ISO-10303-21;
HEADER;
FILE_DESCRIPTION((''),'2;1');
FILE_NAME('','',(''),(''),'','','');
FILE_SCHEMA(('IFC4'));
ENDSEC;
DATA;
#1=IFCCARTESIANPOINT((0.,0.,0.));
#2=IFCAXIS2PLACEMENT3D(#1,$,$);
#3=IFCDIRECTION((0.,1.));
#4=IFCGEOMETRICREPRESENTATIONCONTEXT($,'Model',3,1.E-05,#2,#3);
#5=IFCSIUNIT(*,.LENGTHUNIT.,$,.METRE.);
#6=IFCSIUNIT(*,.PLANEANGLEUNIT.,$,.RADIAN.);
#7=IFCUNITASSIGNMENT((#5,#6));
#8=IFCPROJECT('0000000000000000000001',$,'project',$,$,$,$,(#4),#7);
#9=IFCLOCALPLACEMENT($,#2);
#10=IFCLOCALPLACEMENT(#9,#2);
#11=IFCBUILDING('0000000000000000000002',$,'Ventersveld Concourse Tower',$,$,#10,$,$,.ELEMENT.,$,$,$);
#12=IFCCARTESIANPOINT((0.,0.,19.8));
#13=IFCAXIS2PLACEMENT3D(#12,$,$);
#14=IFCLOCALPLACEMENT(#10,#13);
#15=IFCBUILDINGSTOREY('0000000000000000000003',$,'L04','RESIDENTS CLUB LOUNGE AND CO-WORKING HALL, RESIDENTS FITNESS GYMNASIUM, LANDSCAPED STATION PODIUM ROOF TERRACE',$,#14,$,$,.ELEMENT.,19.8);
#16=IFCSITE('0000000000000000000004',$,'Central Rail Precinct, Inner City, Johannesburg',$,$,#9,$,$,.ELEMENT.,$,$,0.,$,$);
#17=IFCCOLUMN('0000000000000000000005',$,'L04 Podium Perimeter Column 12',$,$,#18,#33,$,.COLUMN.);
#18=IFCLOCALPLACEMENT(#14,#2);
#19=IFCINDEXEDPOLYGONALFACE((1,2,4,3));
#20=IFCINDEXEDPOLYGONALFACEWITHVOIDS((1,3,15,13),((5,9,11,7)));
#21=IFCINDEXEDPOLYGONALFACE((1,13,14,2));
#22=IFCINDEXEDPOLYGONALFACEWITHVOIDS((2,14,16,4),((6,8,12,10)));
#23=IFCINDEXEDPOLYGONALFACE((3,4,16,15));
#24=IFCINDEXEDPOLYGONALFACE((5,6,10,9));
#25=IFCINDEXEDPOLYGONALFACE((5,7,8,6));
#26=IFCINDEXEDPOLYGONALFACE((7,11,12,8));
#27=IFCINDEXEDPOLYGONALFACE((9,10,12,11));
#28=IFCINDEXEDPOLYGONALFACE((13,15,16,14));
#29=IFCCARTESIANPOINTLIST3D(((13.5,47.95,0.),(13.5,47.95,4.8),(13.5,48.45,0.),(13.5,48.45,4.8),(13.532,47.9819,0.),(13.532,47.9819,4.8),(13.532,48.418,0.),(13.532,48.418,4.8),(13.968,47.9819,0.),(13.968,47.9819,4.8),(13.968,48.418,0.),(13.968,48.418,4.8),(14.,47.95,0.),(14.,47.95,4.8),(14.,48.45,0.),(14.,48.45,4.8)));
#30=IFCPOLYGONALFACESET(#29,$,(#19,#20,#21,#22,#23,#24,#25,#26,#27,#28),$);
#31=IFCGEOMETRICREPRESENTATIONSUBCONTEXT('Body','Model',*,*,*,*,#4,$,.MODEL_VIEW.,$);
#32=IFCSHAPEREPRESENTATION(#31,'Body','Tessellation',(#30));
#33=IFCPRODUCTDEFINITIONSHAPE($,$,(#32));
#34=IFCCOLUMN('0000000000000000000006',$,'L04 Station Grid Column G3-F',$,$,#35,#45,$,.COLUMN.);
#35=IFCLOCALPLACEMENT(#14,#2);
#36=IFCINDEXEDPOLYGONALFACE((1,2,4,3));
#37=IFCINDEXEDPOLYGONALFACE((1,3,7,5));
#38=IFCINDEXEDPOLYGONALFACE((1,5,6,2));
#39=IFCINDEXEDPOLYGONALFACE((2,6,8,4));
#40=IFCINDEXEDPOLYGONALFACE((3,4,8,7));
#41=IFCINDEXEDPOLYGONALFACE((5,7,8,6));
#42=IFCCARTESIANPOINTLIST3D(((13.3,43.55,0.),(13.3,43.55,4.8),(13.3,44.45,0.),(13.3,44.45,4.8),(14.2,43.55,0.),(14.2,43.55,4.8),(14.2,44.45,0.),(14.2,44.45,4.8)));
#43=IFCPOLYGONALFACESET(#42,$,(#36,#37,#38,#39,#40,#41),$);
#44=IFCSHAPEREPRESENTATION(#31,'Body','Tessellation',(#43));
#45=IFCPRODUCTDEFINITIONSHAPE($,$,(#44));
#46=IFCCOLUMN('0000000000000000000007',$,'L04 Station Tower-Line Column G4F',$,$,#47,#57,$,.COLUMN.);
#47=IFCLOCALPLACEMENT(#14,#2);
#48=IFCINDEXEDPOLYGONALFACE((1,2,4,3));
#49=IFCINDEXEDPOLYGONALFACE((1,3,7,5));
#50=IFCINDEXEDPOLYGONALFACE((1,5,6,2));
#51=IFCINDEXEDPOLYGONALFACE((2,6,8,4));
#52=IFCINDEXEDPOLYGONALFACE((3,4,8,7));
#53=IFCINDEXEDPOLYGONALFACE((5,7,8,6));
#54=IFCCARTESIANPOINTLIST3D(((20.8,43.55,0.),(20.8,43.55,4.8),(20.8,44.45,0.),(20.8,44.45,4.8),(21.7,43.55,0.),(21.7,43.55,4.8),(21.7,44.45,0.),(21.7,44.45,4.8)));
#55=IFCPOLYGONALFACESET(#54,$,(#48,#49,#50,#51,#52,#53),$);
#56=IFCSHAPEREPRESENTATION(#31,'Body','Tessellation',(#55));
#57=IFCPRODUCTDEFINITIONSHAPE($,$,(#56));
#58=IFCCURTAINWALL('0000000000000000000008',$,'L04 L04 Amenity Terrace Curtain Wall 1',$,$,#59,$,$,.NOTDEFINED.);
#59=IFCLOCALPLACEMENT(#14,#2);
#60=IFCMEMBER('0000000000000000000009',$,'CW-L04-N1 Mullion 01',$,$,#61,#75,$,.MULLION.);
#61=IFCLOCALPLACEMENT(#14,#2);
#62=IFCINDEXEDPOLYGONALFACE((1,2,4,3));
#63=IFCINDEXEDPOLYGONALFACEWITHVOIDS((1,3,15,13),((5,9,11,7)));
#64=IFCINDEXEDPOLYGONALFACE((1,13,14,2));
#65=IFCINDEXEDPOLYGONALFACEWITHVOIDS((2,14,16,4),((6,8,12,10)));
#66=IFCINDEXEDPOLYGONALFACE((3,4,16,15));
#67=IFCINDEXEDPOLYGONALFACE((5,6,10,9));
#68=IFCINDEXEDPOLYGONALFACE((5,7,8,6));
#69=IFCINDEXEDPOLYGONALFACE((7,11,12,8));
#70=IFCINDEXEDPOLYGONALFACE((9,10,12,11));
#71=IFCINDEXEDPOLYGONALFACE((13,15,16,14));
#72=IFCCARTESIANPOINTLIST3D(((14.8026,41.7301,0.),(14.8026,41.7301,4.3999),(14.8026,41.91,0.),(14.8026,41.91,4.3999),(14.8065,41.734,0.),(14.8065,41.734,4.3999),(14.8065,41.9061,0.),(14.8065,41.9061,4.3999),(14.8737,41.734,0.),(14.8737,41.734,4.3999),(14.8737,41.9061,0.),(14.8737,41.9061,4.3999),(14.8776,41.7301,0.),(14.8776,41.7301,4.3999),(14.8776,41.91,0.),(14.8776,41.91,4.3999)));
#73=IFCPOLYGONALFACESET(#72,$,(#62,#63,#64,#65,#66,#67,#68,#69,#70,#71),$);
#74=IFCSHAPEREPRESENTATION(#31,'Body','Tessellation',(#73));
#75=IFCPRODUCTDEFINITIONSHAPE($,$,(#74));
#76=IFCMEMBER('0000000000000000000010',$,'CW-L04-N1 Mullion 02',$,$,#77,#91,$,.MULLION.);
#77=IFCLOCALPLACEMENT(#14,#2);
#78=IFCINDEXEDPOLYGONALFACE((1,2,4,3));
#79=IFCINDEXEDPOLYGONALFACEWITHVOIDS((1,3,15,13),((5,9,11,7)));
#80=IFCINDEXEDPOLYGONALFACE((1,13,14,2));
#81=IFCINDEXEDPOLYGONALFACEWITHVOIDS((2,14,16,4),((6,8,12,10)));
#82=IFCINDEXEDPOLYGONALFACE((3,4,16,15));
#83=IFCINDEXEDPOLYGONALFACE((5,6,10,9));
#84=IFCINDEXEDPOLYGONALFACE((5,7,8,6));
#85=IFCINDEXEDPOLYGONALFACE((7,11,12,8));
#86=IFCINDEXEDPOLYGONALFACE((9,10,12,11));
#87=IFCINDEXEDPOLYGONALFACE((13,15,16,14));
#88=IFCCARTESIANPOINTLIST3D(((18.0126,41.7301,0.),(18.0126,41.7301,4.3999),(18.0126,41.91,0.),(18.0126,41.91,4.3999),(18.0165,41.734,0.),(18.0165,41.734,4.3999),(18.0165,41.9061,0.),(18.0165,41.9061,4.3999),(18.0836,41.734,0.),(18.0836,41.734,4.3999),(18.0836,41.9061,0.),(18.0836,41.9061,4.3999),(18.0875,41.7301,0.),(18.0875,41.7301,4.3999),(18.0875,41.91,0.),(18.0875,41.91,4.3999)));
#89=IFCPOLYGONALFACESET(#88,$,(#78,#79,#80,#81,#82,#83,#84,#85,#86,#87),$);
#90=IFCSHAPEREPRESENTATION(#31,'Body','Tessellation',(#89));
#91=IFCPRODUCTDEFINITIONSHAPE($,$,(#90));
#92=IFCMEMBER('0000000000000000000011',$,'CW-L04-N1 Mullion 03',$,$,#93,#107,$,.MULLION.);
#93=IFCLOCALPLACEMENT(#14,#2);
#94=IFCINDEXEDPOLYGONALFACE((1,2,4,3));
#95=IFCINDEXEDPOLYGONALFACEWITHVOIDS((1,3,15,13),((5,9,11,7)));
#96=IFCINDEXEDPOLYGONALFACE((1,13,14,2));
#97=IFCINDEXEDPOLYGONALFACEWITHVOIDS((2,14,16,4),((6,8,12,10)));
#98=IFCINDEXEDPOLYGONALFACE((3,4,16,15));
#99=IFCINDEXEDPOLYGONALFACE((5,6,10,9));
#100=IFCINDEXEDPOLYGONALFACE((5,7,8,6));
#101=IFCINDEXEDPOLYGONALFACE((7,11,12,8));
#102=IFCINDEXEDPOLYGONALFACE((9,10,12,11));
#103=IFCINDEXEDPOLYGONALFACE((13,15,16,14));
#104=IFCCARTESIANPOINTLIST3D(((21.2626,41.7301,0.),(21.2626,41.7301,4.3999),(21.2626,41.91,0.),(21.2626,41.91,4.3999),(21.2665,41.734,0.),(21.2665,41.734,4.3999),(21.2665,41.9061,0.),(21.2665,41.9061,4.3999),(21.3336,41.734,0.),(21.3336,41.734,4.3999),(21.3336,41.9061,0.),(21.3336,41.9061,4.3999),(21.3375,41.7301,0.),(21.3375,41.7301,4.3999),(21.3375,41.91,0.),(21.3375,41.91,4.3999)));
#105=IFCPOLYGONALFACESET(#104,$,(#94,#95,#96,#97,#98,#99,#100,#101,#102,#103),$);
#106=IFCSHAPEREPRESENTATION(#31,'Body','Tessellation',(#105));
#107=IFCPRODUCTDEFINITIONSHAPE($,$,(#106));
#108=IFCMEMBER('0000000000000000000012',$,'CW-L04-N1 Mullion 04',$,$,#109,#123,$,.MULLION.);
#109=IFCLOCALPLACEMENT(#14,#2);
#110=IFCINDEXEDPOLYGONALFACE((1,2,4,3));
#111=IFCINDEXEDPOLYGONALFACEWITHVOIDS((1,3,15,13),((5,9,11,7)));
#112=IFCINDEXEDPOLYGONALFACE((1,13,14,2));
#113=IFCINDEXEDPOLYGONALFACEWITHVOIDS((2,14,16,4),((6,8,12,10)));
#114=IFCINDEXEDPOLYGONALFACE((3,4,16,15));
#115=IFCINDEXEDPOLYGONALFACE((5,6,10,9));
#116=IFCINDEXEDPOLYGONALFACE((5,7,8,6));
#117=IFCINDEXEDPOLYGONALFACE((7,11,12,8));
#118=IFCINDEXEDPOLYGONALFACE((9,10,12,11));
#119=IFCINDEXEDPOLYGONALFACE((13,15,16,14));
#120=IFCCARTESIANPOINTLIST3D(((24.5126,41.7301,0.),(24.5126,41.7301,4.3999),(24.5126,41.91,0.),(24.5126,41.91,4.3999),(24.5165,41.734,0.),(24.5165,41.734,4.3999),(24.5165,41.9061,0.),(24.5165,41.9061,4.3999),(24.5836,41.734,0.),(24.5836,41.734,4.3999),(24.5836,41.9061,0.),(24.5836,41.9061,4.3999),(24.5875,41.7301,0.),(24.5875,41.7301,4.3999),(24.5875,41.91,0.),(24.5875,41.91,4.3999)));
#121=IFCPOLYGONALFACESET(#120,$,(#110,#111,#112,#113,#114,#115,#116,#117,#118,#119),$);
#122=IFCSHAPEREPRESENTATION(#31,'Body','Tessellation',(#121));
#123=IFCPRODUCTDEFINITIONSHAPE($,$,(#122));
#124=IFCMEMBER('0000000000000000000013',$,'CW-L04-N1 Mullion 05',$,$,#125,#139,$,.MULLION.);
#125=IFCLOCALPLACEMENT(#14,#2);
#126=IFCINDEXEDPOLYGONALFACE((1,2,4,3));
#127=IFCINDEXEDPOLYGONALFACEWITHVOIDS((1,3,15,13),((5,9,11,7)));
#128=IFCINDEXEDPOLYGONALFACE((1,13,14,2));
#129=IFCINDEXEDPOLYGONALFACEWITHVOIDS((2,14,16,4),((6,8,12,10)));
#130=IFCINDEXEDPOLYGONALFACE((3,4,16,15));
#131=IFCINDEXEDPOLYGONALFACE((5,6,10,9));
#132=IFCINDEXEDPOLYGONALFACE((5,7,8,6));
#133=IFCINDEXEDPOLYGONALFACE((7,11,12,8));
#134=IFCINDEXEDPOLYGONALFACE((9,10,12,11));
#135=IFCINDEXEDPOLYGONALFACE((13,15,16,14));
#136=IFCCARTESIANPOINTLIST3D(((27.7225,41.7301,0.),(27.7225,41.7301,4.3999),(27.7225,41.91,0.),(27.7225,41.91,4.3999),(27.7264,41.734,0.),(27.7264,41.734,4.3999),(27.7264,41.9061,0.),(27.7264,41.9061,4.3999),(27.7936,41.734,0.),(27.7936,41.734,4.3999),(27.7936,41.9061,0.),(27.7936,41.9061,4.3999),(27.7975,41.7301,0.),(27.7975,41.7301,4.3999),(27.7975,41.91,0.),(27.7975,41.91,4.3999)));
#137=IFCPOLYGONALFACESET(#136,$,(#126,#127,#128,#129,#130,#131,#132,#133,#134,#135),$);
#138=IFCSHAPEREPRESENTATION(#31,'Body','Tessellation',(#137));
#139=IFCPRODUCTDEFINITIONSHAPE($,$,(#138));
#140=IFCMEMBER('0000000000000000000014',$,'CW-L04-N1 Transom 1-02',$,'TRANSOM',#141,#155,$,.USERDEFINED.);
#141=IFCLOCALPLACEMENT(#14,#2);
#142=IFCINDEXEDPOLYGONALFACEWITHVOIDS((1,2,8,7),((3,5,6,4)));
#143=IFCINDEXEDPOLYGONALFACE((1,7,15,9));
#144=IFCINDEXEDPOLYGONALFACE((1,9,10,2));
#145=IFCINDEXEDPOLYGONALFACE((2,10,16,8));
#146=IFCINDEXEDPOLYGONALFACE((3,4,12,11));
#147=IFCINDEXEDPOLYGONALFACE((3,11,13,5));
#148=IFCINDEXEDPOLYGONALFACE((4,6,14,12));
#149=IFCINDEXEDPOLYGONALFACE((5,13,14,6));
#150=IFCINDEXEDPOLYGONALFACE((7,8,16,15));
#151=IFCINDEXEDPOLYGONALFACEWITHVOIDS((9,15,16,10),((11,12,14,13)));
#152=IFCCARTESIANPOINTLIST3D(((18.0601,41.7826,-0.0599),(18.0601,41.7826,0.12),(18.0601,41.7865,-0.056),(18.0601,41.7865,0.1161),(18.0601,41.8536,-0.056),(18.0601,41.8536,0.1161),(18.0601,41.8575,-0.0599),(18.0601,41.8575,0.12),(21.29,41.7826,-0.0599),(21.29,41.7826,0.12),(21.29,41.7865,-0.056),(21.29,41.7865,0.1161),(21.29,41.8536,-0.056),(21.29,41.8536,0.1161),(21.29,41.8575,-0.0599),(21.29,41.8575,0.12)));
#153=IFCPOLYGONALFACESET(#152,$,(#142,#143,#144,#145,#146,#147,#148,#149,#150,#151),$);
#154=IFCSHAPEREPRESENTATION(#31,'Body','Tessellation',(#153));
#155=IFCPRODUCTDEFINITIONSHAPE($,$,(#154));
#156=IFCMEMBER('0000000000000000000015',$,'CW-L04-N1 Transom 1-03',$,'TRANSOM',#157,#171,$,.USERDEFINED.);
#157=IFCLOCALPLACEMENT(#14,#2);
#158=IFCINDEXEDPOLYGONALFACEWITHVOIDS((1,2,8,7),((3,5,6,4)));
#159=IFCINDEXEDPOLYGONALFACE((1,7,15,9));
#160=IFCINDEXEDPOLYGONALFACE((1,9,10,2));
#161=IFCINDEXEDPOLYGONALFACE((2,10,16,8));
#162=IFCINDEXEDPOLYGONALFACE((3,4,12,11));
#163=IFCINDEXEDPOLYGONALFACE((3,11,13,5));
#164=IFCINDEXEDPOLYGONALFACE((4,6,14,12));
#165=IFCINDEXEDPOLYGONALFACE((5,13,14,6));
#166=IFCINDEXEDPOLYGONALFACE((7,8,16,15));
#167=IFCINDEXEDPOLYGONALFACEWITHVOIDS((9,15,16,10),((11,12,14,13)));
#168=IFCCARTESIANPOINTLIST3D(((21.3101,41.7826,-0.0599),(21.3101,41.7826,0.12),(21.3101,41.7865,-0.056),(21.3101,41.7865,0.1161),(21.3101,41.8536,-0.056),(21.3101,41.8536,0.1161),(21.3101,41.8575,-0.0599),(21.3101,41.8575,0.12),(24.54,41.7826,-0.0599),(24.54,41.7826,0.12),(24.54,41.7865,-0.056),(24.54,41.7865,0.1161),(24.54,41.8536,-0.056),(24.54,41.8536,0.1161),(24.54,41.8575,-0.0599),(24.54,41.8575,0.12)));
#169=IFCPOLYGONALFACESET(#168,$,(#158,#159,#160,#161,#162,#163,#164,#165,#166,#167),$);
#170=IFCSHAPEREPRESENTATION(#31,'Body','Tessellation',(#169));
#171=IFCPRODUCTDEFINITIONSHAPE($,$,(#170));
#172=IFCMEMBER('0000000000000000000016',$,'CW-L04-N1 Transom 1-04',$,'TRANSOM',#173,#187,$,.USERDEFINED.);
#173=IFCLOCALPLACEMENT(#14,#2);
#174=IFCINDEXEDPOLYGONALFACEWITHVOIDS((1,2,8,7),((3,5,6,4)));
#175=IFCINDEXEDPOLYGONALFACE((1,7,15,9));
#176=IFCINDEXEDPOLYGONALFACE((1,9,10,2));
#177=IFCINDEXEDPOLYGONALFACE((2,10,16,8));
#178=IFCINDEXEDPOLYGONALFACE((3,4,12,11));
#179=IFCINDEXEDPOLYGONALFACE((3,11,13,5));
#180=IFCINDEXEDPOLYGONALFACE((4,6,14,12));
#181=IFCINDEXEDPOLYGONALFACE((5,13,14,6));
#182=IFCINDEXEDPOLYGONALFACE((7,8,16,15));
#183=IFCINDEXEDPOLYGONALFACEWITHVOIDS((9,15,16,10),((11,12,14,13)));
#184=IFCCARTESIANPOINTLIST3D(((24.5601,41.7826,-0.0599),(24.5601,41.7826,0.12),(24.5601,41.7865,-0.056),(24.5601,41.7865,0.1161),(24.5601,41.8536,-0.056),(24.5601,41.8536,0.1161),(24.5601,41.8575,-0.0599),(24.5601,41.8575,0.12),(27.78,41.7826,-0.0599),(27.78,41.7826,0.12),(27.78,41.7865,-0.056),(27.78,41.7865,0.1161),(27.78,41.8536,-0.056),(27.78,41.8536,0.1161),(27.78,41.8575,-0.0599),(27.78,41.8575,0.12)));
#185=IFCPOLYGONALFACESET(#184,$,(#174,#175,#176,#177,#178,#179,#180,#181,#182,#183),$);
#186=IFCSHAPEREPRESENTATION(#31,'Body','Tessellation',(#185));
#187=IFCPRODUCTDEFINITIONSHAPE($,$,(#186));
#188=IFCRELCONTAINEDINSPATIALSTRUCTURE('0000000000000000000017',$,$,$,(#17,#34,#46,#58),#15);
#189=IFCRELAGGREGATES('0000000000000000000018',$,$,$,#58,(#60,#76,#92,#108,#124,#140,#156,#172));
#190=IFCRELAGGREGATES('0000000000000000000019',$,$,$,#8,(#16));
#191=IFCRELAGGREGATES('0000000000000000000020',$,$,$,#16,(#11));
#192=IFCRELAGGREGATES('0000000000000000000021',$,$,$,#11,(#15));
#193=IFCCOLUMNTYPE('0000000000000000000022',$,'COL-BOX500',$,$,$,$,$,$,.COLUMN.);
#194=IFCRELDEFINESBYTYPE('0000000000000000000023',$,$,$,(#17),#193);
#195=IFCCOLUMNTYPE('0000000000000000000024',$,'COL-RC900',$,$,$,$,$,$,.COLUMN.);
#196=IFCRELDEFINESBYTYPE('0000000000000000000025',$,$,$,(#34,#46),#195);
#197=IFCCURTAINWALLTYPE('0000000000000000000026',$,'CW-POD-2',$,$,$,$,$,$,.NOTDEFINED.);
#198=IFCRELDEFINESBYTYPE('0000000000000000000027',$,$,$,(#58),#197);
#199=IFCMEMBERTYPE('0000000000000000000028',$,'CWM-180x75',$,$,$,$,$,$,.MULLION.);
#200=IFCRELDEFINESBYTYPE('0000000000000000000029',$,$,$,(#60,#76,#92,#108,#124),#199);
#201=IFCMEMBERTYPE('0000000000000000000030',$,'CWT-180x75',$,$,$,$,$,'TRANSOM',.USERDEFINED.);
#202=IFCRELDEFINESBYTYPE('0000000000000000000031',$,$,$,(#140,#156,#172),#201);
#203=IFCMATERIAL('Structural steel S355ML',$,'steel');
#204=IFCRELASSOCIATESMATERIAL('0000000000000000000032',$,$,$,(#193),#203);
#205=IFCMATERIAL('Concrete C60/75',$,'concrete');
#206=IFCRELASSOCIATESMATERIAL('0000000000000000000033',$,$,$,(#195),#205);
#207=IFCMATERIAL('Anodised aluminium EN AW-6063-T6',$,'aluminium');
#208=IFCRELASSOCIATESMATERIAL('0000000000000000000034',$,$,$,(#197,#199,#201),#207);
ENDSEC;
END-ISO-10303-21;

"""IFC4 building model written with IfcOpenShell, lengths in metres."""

from ifc_helpers import new_model, si_unit, direction, frame, origin, origin_2d, place, context, subcontext, project, spatial, rectangle, hollow_rectangle, extrude, material, material_profile, profile_set, type_object, element, aggregate, save


model = new_model("IFC4")

# Units and contexts
model_context = context("Model", 3, precision=1e-05, world=origin(), true_north=direction((0.0, 1.0)))
body_context = subcontext(model_context, "Body", "Model", "MODEL_VIEW")
ifc_project = project(units=[si_unit("LENGTHUNIT", "METRE"), si_unit("PLANEANGLEUNIT", "RADIAN")], contexts=[model_context])

# Site, building, storey
site_placement = place(None, origin())
site = spatial("IfcSite", under=ifc_project, at=site_placement, Name="Central Rail Precinct, Inner City, Johannesburg", CompositionType="ELEMENT", RefElevation=0.0)
building_placement = place(site_placement, origin())
building = spatial("IfcBuilding", under=site, at=building_placement, Name="Ventersveld Concourse Tower", CompositionType="ELEMENT")
storey_placement = place(building_placement, frame((0.0, 0.0, 19.8)))
storey = spatial("IfcBuildingStorey", under=building, at=storey_placement, Name="L04", Description="RESIDENTS CLUB LOUNGE AND CO-WORKING HALL, RESIDENTS FITNESS GYMNASIUM, LANDSCAPED STATION PODIUM ROOF TERRACE", CompositionType="ELEMENT", Elevation=19.8)

# Columns
ifc_material_1 = material(Name="Structural steel S355ML", Category="steel")
ifc_material_profile_1 = material_profile(ifc_material_1, hollow_rectangle(XDim=0.5, YDim=0.5, WallThickness=0.032, at=origin_2d()), Name="BOX 500x500x32")
ifc_profile_set_1 = profile_set([ifc_material_profile_1], Name="Structural steel S355ML")
column_type_1 = type_object("IfcColumnType", Name="COL-BOX500", PredefinedType="COLUMN", material=ifc_profile_set_1)
column_placement = place(storey_placement, frame((13.75, 48.2, 0.0), z_axis=(0.0, 0.0, 1.0), x_axis=(1.0, 0.0, 0.0)))
element("IfcColumn", 1, at=column_placement, inside=storey, type_object=column_type_1, Name="L04 Podium Perimeter Column 12", PredefinedType="COLUMN", context=body_context, shape_type="SweptSolid", body=[
    extrude(hollow_rectangle(XDim=0.5, YDim=0.5, WallThickness=0.032, at=origin_2d()), origin(), (0.0, 0.0, 1.0), 4.8),
])
ifc_material_2 = material(Name="Concrete C60/75", Category="concrete")
ifc_material_profile_2 = material_profile(ifc_material_2, rectangle(XDim=0.8999, YDim=0.8999, at=origin_2d()), Name="RC 900x900")
ifc_profile_set_2 = profile_set([ifc_material_profile_2], Name="Concrete C60/75")
column_type_2 = type_object("IfcColumnType", Name="COL-RC900", PredefinedType="COLUMN", material=ifc_profile_set_2)
for number, where, z_axis, x_axis, name in (
    (2, (13.75, 44.0, 0.0), (0.0, 0.0, 1.0), (1.0, 0.0, 0.0), "L04 Station Grid Column G3-F"),
    (3, (21.25, 44.0, 0.0), (0.0, 0.0, 1.0), (1.0, 0.0, 0.0), "L04 Station Tower-Line Column G4F"),
):
    element("IfcColumn", number, at=place(storey_placement, frame(where, z_axis=z_axis, x_axis=x_axis)), inside=storey, type_object=column_type_2, Name=name, PredefinedType="COLUMN", context=body_context, shape_type="SweptSolid", body=[
        extrude(rectangle(XDim=0.8999, YDim=0.8999, at=origin_2d()), origin(), (0.0, 0.0, 1.0), 4.8),
    ])

# Curtain wall, members
ifc_material_3 = material(Name="Anodised aluminium EN AW-6063-T6", Category="aluminium")
curtain_wall_type = type_object("IfcCurtainWallType", Name="CW-POD-2", PredefinedType="NOTDEFINED", material=ifc_material_3)
curtain_wall_placement = place(storey_placement, origin())
curtain_wall = element("IfcCurtainWall", 4, at=curtain_wall_placement, inside=storey, type_object=curtain_wall_type, Name="L04 L04 Amenity Terrace Curtain Wall 1", PredefinedType="NOTDEFINED")
ifc_material_profile_3 = material_profile(ifc_material_3, hollow_rectangle(XDim=0.075, YDim=0.1799, WallThickness=0.0039, at=origin_2d()), Name="ALU 180x75x4")
ifc_profile_set_3 = profile_set([ifc_material_profile_3], Name="Anodised aluminium EN AW-6063-T6")
member_type_1 = type_object("IfcMemberType", Name="CWM-180x75", PredefinedType="MULLION", material=ifc_profile_set_3)
member_1_placement = place(storey_placement, frame((14.8401, 41.8201, 0.0), z_axis=(0.0, 0.0, 1.0), x_axis=(1.0, 0.0, 0.0)))
member_1 = element("IfcMember", 5, at=member_1_placement, type_object=member_type_1, Name="CW-L04-N1 Mullion 01", PredefinedType="MULLION", context=body_context, shape_type="SweptSolid", body=[
    extrude(hollow_rectangle(XDim=0.075, YDim=0.1799, WallThickness=0.0039, at=origin_2d()), origin(), (0.0, 0.0, 1.0), 4.3999),
])
member_2_placement = place(storey_placement, frame((18.05, 41.8201, 0.0), z_axis=(0.0, 0.0, 1.0), x_axis=(1.0, 0.0, 0.0)))
member_2 = element("IfcMember", 6, at=member_2_placement, type_object=member_type_1, Name="CW-L04-N1 Mullion 02", PredefinedType="MULLION", context=body_context, shape_type="SweptSolid", body=[
    extrude(hollow_rectangle(XDim=0.075, YDim=0.1799, WallThickness=0.0039, at=origin_2d()), origin(), (0.0, 0.0, 1.0), 4.3999),
])
member_3_placement = place(storey_placement, frame((21.3, 41.8201, 0.0), z_axis=(0.0, 0.0, 1.0), x_axis=(1.0, 0.0, 0.0)))
member_3 = element("IfcMember", 7, at=member_3_placement, type_object=member_type_1, Name="CW-L04-N1 Mullion 03", PredefinedType="MULLION", context=body_context, shape_type="SweptSolid", body=[
    extrude(hollow_rectangle(XDim=0.075, YDim=0.1799, WallThickness=0.0039, at=origin_2d()), origin(), (0.0, 0.0, 1.0), 4.3999),
])
member_4_placement = place(storey_placement, frame((24.55, 41.8201, 0.0), z_axis=(0.0, 0.0, 1.0), x_axis=(1.0, 0.0, 0.0)))
member_4 = element("IfcMember", 8, at=member_4_placement, type_object=member_type_1, Name="CW-L04-N1 Mullion 04", PredefinedType="MULLION", context=body_context, shape_type="SweptSolid", body=[
    extrude(hollow_rectangle(XDim=0.075, YDim=0.1799, WallThickness=0.0039, at=origin_2d()), origin(), (0.0, 0.0, 1.0), 4.3999),
])
member_5_placement = place(storey_placement, frame((27.76, 41.8201, 0.0), z_axis=(0.0, 0.0, 1.0), x_axis=(1.0, 0.0, 0.0)))
member_5 = element("IfcMember", 9, at=member_5_placement, type_object=member_type_1, Name="CW-L04-N1 Mullion 05", PredefinedType="MULLION", context=body_context, shape_type="SweptSolid", body=[
    extrude(hollow_rectangle(XDim=0.075, YDim=0.1799, WallThickness=0.0039, at=origin_2d()), origin(), (0.0, 0.0, 1.0), 4.3999),
])
ifc_material_profile_4 = material_profile(ifc_material_3, hollow_rectangle(XDim=0.075, YDim=0.1799, WallThickness=0.0039, at=origin_2d()), Name="ALU 180x75x4")
ifc_profile_set_4 = profile_set([ifc_material_profile_4], Name="Anodised aluminium EN AW-6063-T6")
member_type_2 = type_object("IfcMemberType", Name="CWT-180x75", ElementType="TRANSOM", PredefinedType="USERDEFINED", material=ifc_profile_set_4)
member_6_placement = place(storey_placement, frame((18.0601, 41.8201, 0.03), z_axis=(1.0, 0.0, 0.0), x_axis=(0.0, 1.0, 0.0)))
member_6 = element("IfcMember", 10, at=member_6_placement, type_object=member_type_2, Name="CW-L04-N1 Transom 1-02", ObjectType="TRANSOM", PredefinedType="USERDEFINED", context=body_context, shape_type="SweptSolid", body=[
    extrude(hollow_rectangle(XDim=0.075, YDim=0.1799, WallThickness=0.0039, at=origin_2d()), origin(), (0.0, 0.0, 1.0), 3.23),
])
member_7_placement = place(storey_placement, frame((21.3101, 41.8201, 0.03), z_axis=(1.0, 0.0, 0.0), x_axis=(0.0, 1.0, 0.0)))
member_7 = element("IfcMember", 11, at=member_7_placement, type_object=member_type_2, Name="CW-L04-N1 Transom 1-03", ObjectType="TRANSOM", PredefinedType="USERDEFINED", context=body_context, shape_type="SweptSolid", body=[
    extrude(hollow_rectangle(XDim=0.075, YDim=0.1799, WallThickness=0.0039, at=origin_2d()), origin(), (0.0, 0.0, 1.0), 3.23),
])
member_8_placement = place(storey_placement, frame((24.5601, 41.8201, 0.03), z_axis=(1.0, 0.0, 0.0), x_axis=(0.0, 1.0, 0.0)))
member_8 = element("IfcMember", 12, at=member_8_placement, type_object=member_type_2, Name="CW-L04-N1 Transom 1-04", ObjectType="TRANSOM", PredefinedType="USERDEFINED", context=body_context, shape_type="SweptSolid", body=[
    extrude(hollow_rectangle(XDim=0.075, YDim=0.1799, WallThickness=0.0039, at=origin_2d()), origin(), (0.0, 0.0, 1.0), 3.22),
])

aggregate(curtain_wall, [member_1, member_2, member_3, member_4, member_5, member_6, member_7, member_8])

save(model, "model.ifc")
